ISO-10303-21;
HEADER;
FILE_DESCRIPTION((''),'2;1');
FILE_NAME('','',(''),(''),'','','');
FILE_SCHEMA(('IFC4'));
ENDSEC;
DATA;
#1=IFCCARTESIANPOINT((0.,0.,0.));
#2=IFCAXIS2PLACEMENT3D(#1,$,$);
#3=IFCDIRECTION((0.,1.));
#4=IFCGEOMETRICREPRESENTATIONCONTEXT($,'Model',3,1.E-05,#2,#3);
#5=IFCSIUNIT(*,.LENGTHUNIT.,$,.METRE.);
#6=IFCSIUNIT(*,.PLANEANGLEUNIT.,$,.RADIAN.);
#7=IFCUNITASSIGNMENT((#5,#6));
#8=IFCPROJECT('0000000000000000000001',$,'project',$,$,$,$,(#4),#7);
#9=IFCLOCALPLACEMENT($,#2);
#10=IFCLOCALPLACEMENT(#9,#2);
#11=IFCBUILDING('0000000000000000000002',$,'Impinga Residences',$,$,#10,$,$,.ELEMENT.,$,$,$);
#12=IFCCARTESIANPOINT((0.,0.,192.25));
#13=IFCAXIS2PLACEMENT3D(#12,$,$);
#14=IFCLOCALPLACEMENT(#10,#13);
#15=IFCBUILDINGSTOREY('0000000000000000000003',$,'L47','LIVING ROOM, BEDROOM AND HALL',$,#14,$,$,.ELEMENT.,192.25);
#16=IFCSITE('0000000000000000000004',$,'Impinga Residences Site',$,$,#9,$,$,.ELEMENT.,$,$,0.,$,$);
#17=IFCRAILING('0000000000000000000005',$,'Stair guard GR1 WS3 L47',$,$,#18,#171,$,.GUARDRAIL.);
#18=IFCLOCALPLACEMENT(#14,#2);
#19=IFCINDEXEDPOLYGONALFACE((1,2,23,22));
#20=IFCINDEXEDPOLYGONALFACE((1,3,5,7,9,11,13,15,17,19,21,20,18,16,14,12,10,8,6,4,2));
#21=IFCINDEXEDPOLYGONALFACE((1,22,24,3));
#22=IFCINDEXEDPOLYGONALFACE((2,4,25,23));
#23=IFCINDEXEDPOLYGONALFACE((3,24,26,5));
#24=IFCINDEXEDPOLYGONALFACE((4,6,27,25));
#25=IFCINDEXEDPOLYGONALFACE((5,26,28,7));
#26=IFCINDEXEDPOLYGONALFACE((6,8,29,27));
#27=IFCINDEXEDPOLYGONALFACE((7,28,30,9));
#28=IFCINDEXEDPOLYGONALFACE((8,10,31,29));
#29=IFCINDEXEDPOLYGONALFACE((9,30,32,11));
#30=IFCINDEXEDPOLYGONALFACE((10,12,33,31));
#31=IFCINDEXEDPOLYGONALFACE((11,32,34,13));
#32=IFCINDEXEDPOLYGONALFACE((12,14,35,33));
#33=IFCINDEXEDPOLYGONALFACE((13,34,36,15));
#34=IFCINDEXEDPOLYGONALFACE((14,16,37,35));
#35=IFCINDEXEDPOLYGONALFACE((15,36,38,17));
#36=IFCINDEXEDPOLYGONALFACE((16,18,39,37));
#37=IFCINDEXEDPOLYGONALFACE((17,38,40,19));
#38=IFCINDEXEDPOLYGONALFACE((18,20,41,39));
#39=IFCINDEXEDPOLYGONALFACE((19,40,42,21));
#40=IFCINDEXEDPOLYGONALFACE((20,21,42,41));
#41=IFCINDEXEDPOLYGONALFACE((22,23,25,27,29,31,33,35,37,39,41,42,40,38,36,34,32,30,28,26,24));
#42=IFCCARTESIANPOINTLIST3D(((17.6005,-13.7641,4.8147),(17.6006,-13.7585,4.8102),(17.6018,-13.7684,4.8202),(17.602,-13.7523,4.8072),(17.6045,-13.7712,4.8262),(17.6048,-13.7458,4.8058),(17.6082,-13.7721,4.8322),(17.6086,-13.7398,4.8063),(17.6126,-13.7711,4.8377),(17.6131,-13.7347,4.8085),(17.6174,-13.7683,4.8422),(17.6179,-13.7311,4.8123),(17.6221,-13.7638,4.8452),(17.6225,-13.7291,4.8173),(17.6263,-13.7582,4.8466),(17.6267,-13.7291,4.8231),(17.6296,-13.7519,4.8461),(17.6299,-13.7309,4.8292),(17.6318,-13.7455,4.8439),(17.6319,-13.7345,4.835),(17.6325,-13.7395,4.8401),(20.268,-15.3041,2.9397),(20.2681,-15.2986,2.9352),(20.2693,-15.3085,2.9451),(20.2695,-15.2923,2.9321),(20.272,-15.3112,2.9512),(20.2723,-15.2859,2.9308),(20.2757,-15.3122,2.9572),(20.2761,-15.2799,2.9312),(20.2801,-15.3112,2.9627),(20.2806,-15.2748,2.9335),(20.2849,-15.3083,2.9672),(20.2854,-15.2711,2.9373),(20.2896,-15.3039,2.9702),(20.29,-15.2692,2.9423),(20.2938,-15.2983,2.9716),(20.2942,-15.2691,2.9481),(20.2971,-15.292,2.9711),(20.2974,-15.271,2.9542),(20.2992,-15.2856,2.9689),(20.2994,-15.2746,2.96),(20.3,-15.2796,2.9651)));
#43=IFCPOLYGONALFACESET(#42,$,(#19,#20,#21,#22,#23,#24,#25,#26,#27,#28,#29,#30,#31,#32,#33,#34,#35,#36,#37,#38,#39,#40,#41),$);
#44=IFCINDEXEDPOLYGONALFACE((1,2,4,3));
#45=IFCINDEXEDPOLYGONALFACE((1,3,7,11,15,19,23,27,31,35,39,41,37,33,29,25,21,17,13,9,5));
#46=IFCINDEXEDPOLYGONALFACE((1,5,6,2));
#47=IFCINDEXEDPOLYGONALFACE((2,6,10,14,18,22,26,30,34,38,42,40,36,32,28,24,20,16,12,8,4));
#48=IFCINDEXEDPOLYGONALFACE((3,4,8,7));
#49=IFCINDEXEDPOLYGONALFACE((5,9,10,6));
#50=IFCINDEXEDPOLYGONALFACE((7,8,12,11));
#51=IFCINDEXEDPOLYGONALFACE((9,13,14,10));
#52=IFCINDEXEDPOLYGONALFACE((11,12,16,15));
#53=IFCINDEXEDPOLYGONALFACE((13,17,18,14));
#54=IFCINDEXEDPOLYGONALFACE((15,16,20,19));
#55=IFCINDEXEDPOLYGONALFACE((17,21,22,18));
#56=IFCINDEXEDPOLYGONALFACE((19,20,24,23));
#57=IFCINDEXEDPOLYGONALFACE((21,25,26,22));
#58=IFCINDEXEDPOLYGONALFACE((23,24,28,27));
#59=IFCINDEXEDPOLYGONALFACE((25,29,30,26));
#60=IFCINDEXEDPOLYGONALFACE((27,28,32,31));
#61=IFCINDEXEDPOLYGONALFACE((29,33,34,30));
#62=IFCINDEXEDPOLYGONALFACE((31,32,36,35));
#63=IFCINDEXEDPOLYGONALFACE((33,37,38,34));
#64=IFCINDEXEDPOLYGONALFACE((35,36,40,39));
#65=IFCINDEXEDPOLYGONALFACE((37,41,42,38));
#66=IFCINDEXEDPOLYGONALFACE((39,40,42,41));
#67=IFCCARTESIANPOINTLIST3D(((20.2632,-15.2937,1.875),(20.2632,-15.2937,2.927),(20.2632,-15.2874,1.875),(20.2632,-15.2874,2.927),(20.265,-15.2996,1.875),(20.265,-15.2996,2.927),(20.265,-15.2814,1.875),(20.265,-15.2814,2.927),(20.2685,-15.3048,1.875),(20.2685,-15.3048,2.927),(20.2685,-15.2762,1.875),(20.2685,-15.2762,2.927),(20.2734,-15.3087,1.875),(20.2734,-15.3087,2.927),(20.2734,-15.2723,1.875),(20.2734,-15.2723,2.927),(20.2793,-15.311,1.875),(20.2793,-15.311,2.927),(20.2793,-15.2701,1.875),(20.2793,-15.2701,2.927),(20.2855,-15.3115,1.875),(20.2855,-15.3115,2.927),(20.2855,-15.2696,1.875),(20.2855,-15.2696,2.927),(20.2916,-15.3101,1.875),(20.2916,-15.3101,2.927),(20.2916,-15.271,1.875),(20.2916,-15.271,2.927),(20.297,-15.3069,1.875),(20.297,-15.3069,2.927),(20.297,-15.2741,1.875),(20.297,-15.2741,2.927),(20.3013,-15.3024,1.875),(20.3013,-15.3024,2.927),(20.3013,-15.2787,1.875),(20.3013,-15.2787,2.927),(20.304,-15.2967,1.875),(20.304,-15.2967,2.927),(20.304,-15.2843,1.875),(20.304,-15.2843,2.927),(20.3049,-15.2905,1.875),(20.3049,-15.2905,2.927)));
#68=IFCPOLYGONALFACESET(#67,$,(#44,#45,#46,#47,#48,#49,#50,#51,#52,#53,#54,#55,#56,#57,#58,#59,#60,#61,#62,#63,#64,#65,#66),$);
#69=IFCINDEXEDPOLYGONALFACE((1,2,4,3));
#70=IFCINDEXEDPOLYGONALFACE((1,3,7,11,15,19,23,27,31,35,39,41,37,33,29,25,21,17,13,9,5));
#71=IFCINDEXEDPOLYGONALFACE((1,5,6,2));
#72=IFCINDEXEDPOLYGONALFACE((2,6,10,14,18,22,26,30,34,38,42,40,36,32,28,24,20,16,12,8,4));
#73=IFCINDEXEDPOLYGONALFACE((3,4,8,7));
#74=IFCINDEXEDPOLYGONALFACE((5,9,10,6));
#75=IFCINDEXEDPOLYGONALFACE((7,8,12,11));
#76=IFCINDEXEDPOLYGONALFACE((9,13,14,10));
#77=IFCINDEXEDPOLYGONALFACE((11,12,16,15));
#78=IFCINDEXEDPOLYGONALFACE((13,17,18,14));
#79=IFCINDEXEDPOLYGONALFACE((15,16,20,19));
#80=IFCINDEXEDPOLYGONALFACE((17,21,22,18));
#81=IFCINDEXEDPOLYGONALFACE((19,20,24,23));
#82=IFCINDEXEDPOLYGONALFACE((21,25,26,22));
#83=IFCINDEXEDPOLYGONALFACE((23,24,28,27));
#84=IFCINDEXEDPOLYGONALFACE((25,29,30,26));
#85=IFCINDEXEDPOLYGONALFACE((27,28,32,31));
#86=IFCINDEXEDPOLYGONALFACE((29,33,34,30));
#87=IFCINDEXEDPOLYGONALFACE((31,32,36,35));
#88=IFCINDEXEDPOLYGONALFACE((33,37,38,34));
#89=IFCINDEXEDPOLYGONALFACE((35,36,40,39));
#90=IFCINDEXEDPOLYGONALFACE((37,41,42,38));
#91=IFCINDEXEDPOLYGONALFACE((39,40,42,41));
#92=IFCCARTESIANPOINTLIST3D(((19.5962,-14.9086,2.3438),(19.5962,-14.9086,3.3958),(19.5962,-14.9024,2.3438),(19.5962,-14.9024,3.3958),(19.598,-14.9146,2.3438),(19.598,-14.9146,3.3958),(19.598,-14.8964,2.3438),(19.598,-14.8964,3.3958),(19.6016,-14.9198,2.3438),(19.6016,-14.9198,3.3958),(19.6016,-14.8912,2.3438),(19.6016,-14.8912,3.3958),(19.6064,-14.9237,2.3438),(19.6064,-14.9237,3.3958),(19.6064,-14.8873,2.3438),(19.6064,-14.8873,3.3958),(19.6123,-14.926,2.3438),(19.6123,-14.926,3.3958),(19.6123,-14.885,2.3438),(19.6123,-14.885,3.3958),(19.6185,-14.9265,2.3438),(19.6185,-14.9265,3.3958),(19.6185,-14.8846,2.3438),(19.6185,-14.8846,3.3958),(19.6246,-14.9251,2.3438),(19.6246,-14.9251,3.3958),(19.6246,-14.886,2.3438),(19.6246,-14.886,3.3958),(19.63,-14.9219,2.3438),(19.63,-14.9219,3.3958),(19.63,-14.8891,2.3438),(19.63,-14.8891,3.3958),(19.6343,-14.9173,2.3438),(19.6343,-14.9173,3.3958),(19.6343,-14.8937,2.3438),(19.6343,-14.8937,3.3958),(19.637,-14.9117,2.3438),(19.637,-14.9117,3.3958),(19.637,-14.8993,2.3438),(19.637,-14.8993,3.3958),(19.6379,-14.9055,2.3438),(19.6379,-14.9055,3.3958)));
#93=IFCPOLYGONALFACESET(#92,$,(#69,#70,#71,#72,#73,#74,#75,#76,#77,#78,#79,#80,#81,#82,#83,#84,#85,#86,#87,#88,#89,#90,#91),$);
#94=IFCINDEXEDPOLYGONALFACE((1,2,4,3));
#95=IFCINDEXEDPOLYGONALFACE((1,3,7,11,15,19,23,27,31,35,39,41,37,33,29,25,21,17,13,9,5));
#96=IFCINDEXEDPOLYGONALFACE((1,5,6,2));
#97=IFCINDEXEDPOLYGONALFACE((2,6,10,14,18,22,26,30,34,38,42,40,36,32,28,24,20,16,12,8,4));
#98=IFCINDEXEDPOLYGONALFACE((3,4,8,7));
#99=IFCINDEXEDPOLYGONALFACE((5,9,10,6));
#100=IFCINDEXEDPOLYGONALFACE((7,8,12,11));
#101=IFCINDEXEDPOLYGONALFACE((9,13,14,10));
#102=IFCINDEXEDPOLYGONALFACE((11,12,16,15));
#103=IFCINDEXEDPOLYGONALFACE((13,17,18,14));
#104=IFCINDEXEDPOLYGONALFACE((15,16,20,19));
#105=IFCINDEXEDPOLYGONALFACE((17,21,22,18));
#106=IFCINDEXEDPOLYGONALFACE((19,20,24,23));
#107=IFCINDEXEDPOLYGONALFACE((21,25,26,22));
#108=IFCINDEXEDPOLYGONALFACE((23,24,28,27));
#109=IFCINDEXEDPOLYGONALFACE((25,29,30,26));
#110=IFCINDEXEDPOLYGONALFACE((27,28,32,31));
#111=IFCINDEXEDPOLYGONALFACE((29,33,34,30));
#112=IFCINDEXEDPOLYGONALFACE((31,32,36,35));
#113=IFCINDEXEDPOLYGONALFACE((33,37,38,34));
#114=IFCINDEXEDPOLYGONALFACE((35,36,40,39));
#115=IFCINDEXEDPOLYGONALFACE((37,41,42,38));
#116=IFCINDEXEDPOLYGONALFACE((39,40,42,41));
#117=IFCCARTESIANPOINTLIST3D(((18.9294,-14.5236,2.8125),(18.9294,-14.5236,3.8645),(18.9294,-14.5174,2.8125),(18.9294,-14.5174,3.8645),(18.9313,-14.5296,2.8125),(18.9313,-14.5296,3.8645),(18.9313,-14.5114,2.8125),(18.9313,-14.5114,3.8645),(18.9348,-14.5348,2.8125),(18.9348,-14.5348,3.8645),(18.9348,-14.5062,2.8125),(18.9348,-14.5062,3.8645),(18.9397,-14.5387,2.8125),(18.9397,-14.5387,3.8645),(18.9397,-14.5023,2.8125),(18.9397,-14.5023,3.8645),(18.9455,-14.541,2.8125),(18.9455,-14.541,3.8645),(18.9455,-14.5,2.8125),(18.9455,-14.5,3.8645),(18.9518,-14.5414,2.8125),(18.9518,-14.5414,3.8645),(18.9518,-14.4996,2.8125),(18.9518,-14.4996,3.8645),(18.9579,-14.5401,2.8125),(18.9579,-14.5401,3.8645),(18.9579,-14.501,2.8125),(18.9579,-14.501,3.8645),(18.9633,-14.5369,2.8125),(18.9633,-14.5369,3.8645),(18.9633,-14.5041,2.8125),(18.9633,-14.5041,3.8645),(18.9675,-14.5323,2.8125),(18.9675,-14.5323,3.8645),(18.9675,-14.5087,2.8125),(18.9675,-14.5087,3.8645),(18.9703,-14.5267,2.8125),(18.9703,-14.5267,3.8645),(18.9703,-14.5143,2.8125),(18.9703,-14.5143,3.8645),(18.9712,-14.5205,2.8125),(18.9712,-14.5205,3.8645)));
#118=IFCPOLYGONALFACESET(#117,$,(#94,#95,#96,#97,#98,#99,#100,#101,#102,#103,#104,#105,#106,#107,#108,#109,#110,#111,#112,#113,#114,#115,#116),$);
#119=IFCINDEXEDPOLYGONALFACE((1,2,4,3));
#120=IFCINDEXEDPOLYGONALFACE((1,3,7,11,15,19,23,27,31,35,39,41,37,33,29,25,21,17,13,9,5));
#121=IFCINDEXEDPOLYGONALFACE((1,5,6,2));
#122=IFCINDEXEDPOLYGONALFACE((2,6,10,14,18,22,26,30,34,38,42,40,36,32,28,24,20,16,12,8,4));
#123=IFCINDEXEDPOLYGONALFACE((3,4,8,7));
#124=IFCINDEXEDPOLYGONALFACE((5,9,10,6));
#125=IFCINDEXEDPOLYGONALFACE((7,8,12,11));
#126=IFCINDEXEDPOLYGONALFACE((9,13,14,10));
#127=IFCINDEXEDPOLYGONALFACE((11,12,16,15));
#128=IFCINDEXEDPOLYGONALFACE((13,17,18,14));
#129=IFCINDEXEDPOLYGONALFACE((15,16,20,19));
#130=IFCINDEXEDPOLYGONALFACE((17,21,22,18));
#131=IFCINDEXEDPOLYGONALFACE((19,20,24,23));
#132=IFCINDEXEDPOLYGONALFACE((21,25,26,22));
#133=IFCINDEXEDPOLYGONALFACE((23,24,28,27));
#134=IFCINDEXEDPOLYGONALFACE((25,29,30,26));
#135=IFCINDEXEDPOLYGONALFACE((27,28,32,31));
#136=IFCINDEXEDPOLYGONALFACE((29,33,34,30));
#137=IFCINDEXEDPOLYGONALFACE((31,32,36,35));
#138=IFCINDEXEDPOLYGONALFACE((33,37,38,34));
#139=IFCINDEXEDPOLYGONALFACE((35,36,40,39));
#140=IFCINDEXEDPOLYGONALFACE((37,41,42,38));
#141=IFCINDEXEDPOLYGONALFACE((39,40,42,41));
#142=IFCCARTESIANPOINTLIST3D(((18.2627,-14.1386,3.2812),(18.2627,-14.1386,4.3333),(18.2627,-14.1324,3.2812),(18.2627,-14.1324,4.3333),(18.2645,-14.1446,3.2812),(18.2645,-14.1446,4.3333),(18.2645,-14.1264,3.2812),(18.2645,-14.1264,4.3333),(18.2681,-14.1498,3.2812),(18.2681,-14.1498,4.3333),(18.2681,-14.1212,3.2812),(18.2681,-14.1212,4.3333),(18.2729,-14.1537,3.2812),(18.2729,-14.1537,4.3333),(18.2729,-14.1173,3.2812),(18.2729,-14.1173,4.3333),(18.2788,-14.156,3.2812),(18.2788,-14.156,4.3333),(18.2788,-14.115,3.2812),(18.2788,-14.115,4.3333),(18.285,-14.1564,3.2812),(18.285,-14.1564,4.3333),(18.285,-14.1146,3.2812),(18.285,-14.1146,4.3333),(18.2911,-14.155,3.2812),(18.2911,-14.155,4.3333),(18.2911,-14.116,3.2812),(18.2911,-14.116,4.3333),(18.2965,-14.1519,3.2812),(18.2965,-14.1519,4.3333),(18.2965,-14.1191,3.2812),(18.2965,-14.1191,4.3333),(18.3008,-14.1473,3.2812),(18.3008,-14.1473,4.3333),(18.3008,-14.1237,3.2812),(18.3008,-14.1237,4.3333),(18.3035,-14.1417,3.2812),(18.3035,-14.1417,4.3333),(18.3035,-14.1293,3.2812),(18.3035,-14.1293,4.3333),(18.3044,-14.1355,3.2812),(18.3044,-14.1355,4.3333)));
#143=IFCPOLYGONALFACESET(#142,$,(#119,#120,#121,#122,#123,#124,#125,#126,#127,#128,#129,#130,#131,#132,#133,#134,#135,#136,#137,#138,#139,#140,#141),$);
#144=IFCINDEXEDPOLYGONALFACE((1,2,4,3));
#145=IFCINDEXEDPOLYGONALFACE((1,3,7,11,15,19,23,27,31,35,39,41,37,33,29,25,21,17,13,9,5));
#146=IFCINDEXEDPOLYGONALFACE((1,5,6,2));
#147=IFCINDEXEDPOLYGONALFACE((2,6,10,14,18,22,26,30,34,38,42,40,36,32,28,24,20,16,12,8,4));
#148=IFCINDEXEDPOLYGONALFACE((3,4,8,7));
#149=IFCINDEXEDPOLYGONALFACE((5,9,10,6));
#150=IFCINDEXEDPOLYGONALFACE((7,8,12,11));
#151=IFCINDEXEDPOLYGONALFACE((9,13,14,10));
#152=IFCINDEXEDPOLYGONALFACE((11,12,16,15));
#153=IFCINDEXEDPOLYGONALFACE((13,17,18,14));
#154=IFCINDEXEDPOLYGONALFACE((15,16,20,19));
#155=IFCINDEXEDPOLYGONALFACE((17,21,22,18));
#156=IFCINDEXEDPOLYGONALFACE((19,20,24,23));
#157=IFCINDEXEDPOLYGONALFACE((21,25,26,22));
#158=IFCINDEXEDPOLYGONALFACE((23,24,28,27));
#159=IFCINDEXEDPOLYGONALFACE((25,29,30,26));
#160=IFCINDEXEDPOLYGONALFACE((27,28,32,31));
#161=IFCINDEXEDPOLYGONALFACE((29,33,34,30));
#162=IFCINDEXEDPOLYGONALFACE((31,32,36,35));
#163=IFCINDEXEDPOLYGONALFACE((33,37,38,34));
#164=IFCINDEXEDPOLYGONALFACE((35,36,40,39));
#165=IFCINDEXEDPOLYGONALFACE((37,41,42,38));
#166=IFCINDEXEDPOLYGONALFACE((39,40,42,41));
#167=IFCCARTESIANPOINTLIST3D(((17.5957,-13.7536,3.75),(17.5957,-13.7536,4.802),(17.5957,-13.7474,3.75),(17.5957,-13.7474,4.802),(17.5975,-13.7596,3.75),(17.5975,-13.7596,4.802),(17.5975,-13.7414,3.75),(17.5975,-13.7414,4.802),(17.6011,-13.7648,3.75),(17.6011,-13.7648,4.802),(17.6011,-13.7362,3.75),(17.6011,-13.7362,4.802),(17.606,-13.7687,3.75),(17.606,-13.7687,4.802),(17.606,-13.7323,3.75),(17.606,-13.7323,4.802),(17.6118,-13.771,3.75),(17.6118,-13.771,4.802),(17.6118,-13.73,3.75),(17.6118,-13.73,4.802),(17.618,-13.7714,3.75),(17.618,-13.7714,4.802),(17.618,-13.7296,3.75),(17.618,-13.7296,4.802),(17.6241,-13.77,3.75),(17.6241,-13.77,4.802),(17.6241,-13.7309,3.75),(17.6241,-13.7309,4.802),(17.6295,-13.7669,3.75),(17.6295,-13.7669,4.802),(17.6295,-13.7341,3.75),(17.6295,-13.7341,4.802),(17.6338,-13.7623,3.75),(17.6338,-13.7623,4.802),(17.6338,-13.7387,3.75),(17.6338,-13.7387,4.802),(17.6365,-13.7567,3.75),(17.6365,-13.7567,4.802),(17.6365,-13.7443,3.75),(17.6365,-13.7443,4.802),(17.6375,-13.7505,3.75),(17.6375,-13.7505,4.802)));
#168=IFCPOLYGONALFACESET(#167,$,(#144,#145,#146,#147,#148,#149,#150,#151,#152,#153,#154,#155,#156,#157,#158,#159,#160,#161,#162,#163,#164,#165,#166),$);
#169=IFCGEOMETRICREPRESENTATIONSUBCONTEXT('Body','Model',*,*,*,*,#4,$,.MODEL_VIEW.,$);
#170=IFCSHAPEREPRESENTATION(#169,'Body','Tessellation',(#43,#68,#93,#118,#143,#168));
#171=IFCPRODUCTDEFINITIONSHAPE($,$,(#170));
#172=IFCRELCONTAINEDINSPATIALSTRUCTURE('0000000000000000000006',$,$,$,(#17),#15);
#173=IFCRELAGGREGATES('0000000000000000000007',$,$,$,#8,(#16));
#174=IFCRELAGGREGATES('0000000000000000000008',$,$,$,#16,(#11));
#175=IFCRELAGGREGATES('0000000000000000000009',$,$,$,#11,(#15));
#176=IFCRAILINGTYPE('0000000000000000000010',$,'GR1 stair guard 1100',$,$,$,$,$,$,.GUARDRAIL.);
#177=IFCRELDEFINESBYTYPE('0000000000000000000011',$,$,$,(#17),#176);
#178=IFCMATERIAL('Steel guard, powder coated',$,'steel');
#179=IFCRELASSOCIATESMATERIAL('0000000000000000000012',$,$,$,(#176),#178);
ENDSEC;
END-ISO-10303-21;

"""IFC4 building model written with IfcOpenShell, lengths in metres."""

from ifc_helpers import new_model, si_unit, direction, frame, origin, origin_2d, place, context, subcontext, project, spatial, circle, extrude, material, type_object, element, save


model = new_model("IFC4")

# Units and contexts
model_context = context("Model", 3, precision=1e-05, world=origin(), true_north=direction((0.0, 1.0)))
body_context = subcontext(model_context, "Body", "Model", "MODEL_VIEW")
ifc_project = project(units=[si_unit("LENGTHUNIT", "METRE"), si_unit("PLANEANGLEUNIT", "RADIAN")], contexts=[model_context])

# Site, building, storey
site_placement = place(None, origin())
site = spatial("IfcSite", under=ifc_project, at=site_placement, Name="Impinga Residences Site", CompositionType="ELEMENT", RefElevation=0.0)
building_placement = place(site_placement, origin())
building = spatial("IfcBuilding", under=site, at=building_placement, Name="Impinga Residences", CompositionType="ELEMENT")
storey_placement = place(building_placement, frame((0.0, 0.0, 192.25)))
storey = spatial("IfcBuildingStorey", under=building, at=storey_placement, Name="L47", Description="LIVING ROOM, BEDROOM AND HALL", CompositionType="ELEMENT", Elevation=192.25)

# Railing
ifc_material_1 = material(Name="Steel guard, powder coated", Category="steel")
railing_type_1 = type_object("IfcRailingType", Name="GR1 stair guard 1100", PredefinedType="GUARDRAIL", material=ifc_material_1)
railing_1_placement = place(storey_placement, frame((20.2839, -15.2905, 1.875)))
element("IfcRailing", 1, at=railing_1_placement, inside=storey, type_object=railing_type_1, Name="Stair guard GR1 WS3 L47", PredefinedType="GUARDRAIL", context=body_context, shape_type="SweptSolid", body=[
    extrude(circle(Radius=0.0239, at=origin_2d()), frame((0.0, 0.0, 1.0762), z_axis=(-0.739746, 0.427084, 0.519975), x_axis=(-0.499992, -0.86603, 0.0)), (0.0, 0.0, 1.0), 3.606),
    extrude(circle(Radius=0.021, at=origin_2d()), origin(), (0.0, 0.0, 1.0), 1.052),
    extrude(circle(Radius=0.021, at=origin_2d()), frame((-0.667, 0.385, 0.4688)), (0.0, 0.0, 1.0), 1.052),
    extrude(circle(Radius=0.021, at=origin_2d()), frame((-1.3337, 0.77, 0.9375)), (0.0, 0.0, 1.0), 1.052),
    extrude(circle(Radius=0.021, at=origin_2d()), frame((-2.0005, 1.155, 1.4062)), (0.0, 0.0, 1.0), 1.052),
    extrude(circle(Radius=0.021, at=origin_2d()), frame((-2.6675, 1.54, 1.875)), (0.0, 0.0, 1.0), 1.052),
])

save(model, "model.ifc")
